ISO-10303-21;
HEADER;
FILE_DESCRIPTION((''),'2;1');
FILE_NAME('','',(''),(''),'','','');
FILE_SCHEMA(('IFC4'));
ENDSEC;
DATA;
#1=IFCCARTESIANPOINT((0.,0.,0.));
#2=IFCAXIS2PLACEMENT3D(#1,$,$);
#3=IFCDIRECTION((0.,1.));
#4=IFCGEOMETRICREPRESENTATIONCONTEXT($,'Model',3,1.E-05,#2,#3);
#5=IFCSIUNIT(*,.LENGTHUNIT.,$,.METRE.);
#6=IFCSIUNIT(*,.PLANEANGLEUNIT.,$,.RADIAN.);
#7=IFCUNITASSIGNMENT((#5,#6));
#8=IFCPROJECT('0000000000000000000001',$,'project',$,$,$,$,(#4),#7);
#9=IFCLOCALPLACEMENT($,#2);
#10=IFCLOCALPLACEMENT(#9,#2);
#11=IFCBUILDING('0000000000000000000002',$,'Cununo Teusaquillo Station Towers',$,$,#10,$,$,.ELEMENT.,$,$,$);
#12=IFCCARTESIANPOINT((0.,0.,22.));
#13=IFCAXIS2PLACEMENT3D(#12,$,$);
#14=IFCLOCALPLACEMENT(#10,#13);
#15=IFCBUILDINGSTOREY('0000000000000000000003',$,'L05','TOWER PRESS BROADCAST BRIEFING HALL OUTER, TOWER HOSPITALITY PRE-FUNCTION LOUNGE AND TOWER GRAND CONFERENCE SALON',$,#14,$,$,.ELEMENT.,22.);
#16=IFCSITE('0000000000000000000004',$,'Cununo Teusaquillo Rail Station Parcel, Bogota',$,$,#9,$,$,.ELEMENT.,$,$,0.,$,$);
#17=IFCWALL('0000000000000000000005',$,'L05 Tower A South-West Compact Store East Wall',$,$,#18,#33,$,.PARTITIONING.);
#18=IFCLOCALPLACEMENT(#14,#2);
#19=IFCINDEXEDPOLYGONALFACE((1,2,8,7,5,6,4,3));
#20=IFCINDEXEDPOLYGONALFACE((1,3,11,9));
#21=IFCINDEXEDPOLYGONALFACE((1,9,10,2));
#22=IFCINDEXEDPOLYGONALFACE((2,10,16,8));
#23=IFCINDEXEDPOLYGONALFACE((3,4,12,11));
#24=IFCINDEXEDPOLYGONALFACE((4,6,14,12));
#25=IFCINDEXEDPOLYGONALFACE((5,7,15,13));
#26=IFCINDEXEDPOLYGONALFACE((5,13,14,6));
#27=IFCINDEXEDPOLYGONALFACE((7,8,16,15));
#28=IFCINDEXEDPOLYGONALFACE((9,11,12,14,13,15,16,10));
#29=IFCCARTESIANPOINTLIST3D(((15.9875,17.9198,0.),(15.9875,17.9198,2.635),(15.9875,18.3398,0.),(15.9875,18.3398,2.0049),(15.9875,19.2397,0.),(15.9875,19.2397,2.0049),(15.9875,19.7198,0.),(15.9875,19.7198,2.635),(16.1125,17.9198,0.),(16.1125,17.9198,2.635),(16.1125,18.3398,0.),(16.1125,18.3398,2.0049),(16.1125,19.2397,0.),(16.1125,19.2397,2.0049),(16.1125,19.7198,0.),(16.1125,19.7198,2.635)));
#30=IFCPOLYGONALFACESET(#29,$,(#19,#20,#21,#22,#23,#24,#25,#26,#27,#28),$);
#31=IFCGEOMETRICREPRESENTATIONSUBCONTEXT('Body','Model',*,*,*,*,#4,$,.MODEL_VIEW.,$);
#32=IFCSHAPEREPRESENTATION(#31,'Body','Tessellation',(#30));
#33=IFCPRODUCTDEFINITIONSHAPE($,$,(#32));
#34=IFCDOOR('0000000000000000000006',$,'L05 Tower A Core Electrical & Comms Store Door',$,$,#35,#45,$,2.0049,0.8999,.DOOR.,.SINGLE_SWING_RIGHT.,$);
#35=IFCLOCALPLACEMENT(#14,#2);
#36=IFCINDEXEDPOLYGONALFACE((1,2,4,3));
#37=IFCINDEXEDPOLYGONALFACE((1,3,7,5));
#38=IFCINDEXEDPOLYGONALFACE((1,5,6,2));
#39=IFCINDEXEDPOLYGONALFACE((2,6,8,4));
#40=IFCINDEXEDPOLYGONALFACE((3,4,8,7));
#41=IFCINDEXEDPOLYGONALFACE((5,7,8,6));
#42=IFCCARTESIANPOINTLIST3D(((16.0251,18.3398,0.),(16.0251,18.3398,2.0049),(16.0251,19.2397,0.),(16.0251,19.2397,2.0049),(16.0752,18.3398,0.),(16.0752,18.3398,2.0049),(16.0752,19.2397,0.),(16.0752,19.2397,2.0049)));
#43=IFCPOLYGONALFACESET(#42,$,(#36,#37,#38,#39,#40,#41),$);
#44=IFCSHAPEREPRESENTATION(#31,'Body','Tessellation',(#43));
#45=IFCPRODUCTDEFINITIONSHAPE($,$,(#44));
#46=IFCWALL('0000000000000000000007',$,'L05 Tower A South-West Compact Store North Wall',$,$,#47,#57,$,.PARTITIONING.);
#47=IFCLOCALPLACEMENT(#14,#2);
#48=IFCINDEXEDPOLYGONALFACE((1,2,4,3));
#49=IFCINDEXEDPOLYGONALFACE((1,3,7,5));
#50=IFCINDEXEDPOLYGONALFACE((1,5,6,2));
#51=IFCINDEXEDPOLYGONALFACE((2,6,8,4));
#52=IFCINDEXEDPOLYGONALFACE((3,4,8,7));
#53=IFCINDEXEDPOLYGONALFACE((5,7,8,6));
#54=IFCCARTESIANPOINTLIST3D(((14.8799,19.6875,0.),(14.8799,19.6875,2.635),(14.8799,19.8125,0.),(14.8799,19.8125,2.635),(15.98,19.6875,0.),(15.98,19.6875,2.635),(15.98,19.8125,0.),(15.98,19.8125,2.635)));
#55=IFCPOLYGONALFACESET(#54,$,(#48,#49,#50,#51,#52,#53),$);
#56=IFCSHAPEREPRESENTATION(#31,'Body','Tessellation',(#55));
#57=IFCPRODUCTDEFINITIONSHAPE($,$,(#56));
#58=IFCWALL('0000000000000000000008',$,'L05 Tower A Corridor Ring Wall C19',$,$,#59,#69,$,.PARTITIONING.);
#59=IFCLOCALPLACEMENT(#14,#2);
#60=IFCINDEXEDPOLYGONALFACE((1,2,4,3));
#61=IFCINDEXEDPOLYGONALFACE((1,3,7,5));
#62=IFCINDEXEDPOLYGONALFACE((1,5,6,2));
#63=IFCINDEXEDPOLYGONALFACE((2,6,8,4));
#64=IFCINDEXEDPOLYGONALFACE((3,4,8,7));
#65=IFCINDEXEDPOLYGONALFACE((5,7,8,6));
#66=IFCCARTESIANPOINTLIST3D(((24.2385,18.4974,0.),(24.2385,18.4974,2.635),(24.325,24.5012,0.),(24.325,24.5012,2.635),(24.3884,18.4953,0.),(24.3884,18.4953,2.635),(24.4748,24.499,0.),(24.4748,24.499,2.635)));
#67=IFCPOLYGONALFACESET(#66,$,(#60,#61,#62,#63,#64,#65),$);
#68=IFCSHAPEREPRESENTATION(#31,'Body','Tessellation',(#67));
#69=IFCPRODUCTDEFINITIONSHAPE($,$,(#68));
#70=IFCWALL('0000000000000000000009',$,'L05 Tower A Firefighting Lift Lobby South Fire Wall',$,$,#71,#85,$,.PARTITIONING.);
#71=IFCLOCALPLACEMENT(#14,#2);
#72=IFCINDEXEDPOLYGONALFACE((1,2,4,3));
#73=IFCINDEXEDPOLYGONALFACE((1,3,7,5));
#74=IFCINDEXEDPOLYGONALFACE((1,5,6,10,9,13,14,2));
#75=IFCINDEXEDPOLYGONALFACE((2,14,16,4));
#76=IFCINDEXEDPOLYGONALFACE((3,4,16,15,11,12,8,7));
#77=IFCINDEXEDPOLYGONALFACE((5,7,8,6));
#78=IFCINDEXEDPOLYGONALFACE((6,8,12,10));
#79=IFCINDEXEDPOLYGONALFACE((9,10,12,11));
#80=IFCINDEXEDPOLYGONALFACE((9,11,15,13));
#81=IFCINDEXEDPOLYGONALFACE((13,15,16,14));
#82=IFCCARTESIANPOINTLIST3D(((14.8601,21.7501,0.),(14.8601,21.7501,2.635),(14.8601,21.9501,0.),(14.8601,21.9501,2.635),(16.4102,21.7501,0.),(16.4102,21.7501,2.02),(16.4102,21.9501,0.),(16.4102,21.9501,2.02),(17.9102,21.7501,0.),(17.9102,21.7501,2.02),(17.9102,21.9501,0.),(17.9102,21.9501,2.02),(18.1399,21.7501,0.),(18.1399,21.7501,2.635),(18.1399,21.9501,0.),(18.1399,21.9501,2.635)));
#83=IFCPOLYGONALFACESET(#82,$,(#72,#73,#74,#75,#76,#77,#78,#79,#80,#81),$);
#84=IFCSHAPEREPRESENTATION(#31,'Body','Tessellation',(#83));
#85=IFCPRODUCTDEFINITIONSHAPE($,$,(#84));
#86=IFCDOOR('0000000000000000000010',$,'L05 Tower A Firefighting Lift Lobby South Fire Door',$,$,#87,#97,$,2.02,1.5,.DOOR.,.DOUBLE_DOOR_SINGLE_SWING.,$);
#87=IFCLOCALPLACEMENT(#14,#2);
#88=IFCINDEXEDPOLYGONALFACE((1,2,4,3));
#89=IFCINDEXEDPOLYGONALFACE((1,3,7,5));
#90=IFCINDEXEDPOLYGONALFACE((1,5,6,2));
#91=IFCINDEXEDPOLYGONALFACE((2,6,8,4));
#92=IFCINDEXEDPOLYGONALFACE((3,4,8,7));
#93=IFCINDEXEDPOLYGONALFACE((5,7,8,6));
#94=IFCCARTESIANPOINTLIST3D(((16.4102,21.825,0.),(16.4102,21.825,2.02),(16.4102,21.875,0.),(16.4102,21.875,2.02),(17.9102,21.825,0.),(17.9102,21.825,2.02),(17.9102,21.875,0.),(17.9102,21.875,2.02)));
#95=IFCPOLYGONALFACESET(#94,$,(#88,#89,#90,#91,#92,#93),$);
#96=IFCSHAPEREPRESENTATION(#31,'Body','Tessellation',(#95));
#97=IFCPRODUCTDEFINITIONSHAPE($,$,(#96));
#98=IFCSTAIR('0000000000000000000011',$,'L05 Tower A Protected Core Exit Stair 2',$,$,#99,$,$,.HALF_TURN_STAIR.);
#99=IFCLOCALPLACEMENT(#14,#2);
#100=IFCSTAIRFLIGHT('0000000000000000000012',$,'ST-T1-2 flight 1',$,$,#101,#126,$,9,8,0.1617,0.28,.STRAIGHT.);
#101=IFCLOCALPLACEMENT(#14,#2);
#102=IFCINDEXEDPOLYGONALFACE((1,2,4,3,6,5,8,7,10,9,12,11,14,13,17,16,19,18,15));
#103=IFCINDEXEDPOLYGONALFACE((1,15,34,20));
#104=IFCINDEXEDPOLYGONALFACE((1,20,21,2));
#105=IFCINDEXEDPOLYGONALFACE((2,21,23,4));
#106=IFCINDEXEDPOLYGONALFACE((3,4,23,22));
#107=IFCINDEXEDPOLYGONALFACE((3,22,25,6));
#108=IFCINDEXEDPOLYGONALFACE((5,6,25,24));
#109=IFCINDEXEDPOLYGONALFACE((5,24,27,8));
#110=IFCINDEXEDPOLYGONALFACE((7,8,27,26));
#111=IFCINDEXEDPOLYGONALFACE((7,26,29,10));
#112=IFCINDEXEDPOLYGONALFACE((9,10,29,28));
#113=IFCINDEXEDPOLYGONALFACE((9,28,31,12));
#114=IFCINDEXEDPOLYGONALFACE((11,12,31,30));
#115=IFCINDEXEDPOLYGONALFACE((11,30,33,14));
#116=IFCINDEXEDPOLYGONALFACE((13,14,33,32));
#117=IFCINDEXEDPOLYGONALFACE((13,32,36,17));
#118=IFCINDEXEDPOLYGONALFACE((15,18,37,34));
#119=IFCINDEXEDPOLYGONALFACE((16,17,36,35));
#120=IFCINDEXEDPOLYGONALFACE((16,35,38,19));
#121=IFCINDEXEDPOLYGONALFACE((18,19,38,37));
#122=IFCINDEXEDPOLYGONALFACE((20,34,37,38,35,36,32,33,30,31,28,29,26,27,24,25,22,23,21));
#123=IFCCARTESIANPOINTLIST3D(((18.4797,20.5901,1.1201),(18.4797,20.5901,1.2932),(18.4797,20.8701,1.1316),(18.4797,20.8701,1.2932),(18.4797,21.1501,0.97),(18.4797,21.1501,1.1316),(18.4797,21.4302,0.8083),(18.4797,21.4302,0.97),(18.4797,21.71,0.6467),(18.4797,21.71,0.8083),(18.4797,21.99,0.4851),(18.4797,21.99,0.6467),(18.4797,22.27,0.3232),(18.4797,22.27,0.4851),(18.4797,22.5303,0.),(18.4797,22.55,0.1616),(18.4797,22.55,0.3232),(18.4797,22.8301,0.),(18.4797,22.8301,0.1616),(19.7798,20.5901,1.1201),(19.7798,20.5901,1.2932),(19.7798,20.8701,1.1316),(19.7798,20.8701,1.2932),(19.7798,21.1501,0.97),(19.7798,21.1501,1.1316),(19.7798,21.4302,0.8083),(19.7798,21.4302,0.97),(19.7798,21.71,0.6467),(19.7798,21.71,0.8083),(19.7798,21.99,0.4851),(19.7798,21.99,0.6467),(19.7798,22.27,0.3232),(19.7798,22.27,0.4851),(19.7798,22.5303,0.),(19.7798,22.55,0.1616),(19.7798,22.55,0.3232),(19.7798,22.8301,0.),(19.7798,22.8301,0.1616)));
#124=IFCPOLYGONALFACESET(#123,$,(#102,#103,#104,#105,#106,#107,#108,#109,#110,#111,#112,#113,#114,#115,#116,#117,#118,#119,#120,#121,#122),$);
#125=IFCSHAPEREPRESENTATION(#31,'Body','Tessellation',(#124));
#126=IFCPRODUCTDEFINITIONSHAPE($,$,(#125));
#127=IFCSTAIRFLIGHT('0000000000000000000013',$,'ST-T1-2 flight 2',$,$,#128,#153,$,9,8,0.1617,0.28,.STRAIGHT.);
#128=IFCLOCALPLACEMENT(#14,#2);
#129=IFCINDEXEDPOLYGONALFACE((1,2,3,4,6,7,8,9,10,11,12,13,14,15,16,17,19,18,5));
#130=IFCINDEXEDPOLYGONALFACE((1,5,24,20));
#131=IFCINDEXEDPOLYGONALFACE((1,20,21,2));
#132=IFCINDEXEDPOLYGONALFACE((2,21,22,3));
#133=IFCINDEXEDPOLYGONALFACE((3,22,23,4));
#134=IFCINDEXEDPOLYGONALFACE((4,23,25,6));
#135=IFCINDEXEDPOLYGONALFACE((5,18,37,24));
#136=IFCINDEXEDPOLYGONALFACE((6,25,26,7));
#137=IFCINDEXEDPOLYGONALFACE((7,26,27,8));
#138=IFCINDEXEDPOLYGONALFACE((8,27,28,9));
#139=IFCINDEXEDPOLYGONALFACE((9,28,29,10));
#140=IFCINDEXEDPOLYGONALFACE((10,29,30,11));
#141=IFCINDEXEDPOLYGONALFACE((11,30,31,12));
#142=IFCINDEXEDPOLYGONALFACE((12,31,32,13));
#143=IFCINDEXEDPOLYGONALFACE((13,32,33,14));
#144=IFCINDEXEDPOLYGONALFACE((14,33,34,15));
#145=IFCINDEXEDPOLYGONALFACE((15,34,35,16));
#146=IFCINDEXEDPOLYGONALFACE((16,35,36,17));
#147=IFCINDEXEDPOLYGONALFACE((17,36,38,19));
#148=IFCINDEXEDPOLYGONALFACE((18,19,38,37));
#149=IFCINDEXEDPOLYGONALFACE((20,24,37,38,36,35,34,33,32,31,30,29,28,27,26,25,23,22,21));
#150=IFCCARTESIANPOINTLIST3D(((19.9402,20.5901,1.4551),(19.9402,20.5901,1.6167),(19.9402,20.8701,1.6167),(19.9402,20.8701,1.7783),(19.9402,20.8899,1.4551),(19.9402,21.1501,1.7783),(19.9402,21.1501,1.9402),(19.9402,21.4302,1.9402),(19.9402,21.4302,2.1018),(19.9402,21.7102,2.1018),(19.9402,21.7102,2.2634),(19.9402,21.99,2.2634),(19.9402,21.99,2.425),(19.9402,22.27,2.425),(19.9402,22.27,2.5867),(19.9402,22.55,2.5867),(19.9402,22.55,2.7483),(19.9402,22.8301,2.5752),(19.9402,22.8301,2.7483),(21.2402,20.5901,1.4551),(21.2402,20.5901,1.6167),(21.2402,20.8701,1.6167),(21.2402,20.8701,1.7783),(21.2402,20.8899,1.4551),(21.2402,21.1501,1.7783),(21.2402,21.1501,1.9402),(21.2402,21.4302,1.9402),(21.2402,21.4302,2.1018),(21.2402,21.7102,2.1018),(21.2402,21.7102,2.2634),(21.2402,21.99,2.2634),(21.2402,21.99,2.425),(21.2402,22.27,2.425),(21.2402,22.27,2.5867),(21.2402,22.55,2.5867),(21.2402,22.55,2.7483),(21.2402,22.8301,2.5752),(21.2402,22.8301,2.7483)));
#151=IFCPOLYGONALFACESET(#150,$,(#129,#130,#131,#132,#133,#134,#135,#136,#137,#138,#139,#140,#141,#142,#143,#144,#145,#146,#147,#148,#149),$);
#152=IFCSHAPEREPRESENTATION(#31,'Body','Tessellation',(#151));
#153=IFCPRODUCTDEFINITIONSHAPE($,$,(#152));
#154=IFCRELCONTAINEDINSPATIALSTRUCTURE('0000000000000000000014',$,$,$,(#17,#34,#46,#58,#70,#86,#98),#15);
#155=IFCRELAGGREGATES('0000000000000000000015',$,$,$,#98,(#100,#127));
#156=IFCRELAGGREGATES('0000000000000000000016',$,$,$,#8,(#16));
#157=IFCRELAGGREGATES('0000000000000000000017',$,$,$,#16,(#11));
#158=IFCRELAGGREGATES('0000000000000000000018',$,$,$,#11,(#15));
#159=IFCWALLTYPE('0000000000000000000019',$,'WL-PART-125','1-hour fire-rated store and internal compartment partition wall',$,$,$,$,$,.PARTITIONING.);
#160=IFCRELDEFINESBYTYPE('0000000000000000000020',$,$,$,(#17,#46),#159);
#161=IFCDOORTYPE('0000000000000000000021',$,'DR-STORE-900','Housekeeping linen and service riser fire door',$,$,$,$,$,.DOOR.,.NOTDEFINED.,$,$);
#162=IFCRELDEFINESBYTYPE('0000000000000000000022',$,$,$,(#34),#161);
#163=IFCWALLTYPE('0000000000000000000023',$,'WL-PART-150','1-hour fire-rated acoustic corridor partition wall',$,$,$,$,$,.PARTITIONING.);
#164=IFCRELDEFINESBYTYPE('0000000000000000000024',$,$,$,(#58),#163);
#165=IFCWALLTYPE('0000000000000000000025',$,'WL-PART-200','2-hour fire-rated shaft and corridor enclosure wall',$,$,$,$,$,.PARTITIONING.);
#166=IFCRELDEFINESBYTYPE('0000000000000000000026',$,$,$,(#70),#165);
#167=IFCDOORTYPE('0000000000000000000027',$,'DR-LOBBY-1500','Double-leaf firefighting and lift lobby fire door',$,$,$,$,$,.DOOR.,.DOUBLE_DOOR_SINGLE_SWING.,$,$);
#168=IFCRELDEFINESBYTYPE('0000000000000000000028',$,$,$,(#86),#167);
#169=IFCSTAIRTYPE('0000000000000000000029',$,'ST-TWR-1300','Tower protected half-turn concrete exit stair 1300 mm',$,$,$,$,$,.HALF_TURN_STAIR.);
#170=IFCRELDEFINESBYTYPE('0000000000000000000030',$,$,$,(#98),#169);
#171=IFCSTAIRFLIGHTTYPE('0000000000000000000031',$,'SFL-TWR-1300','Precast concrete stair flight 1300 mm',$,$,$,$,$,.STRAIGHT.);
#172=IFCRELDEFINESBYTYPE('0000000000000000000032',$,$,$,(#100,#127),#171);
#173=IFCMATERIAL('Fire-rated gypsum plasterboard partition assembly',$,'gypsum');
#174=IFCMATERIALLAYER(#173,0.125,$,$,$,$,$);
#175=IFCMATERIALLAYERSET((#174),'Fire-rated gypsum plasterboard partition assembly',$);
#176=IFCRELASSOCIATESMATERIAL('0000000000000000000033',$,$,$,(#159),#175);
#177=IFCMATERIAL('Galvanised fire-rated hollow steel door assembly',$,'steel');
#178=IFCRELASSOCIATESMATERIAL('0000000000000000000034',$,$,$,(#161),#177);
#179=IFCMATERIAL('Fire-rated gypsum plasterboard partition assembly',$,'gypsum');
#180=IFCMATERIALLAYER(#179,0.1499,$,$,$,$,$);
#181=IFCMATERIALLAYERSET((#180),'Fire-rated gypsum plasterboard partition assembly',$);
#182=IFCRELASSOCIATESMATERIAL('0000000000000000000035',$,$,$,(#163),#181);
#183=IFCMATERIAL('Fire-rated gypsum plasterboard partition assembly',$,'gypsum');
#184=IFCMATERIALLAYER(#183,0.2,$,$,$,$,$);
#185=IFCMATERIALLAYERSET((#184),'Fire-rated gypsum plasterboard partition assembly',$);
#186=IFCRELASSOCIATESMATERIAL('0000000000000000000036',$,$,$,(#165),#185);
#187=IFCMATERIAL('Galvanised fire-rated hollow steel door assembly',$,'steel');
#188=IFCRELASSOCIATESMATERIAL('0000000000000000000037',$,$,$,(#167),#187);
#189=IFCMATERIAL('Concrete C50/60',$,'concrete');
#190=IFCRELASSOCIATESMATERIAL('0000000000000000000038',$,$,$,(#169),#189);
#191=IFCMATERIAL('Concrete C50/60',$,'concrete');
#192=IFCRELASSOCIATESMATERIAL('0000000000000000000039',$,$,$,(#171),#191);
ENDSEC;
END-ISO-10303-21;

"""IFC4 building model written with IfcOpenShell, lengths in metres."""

from ifc_helpers import new_model, si_unit, direction, frame, frame_2d, origin, place, context, subcontext, project, spatial, polyline, rectangle, outline, extrude, source, transform, mapped, material, layer, layer_set, type_object, element, fill, aggregate, save


model = new_model("IFC4")

# Units and contexts
model_context = context("Model", 3, precision=1e-05, world=origin(), true_north=direction((0.0, 1.0)))
body_context = subcontext(model_context, "Body", "Model", "MODEL_VIEW")
ifc_project = project(units=[si_unit("LENGTHUNIT", "METRE"), si_unit("PLANEANGLEUNIT", "RADIAN")], contexts=[model_context])

# Site, building, storey
site_placement = place(None, origin())
site = spatial("IfcSite", under=ifc_project, at=site_placement, Name="Cununo Teusaquillo Rail Station Parcel, Bogota", CompositionType="ELEMENT", RefElevation=0.0)
building_placement = place(site_placement, origin())
building = spatial("IfcBuilding", under=site, at=building_placement, Name="Cununo Teusaquillo Station Towers", CompositionType="ELEMENT")
storey_placement = place(building_placement, frame((0.0, 0.0, 22.0)))
storey = spatial("IfcBuildingStorey", under=building, at=storey_placement, Name="L05", Description="TOWER PRESS BROADCAST BRIEFING HALL OUTER, TOWER HOSPITALITY PRE-FUNCTION LOUNGE AND TOWER GRAND CONFERENCE SALON", CompositionType="ELEMENT", Elevation=22.0)

# Wall, opening, door
ifc_material_1 = material(Name="Fire-rated gypsum plasterboard partition assembly", Category="gypsum")
ifc_layer_1 = layer(ifc_material_1, 0.125)
ifc_layer_set_1 = layer_set([ifc_layer_1], Name="Fire-rated gypsum plasterboard partition assembly")
wall_type_1 = type_object("IfcWallType", Name="WL-PART-125", Description="1-hour fire-rated store and internal compartment partition wall", PredefinedType="PARTITIONING", material=ifc_layer_set_1)
wall_1_placement = place(storey_placement, frame((16.05, 17.9199, 0.0), z_axis=(0.0, 0.0, 1.0), x_axis=(0.0, 1.0, 0.0)))
wall_1 = element("IfcWall", 1, at=wall_1_placement, inside=storey, type_object=wall_type_1, Name="L05 Tower A South-West Compact Store East Wall", PredefinedType="PARTITIONING", context=body_context, shape_type="SweptSolid", body=[
    extrude(rectangle(XDim=1.8, YDim=0.125, at=frame_2d((0.8999, 0.0))), origin(), (0.0, 0.0, 1.0), 2.635),
])
shared_shape_1 = source(origin(), body_context, "Body", "SweptSolid", [
    extrude(rectangle(XDim=0.8999, YDim=2.0049, at=frame_2d((0.45, 1.0024))), frame((0.0, 0.0725, 0.0), z_axis=(0.0, -1.0, 0.0), x_axis=(1.0, 0.0, 0.0)), (0.0, 0.0, 1.0), 0.145),
])
opening_1_placement = place(wall_1_placement, frame((0.4199, 0.0, 0.0)))
opening_1 = element("IfcOpeningElement", 2, at=opening_1_placement, cuts=wall_1, PredefinedType="OPENING", context=body_context, shape_type="MappedRepresentation", body=[
    mapped(shared_shape_1, transform((0.0, 0.0, 0.0), x_axis=(1.0, 0.0, 0.0), y_axis=(0.0, 1.0, 0.0), z_axis=(0.0, 0.0, 1.0), scale=1.0)),
])
ifc_material_2 = material(Name="Galvanised fire-rated hollow steel door assembly", Category="steel")
door_type_1 = type_object("IfcDoorType", Name="DR-STORE-900", Description="Housekeeping linen and service riser fire door", OperationType="NOTDEFINED", PredefinedType="DOOR", material=ifc_material_2)
shared_shape_2 = source(origin(), body_context, "Body", "SweptSolid", [
    extrude(rectangle(XDim=0.8999, YDim=2.0049, at=frame_2d((0.45, 1.0024))), frame((0.0, 0.0249, 0.0), z_axis=(0.0, -1.0, 0.0), x_axis=(1.0, 0.0, 0.0)), (0.0, 0.0, 1.0), 0.05),
])
door_1_placement = place(opening_1_placement, origin())
door_1 = element("IfcDoor", 3, at=door_1_placement, inside=storey, type_object=door_type_1, Name="L05 Tower A Core Electrical & Comms Store Door", OperationType="SINGLE_SWING_RIGHT", OverallHeight=2.0049, OverallWidth=0.8999, PredefinedType="DOOR", context=body_context, shape_type="MappedRepresentation", body=[
    mapped(shared_shape_2, transform((0.0, 0.0, 0.0), x_axis=(1.0, 0.0, 0.0), y_axis=(0.0, 1.0, 0.0), z_axis=(0.0, 0.0, 1.0), scale=1.0)),
])
fill(opening_1, door_1)

# Walls
wall_2_placement = place(storey_placement, frame((14.8799, 19.75, 0.0), z_axis=(0.0, 0.0, 1.0), x_axis=(1.0, 0.0, 0.0)))
element("IfcWall", 4, at=wall_2_placement, inside=storey, type_object=wall_type_1, Name="L05 Tower A South-West Compact Store North Wall", PredefinedType="PARTITIONING", context=body_context, shape_type="SweptSolid", body=[
    extrude(rectangle(XDim=1.1001, YDim=0.125, at=frame_2d((0.55, 0.0))), origin(), (0.0, 0.0, 1.0), 2.635),
])
ifc_material_3 = material(Name="Fire-rated gypsum plasterboard partition assembly", Category="gypsum")
ifc_layer_2 = layer(ifc_material_3, 0.1499)
ifc_layer_set_2 = layer_set([ifc_layer_2], Name="Fire-rated gypsum plasterboard partition assembly")
wall_type_2 = type_object("IfcWallType", Name="WL-PART-150", Description="1-hour fire-rated acoustic corridor partition wall", PredefinedType="PARTITIONING", material=ifc_layer_set_2)
wall_3_placement = place(storey_placement, frame((24.3135, 18.4963, 0.0), z_axis=(0.0, 0.0, 1.0), x_axis=(0.014394, 0.999896, 0.0)))
element("IfcWall", 5, at=wall_3_placement, inside=storey, type_object=wall_type_2, Name="L05 Tower A Corridor Ring Wall C19", PredefinedType="PARTITIONING", context=body_context, shape_type="SweptSolid", body=[
    extrude(rectangle(XDim=6.0044, YDim=0.1499, at=frame_2d((3.0022, 0.0))), origin(), (0.0, 0.0, 1.0), 2.635),
])

# Wall, opening, door
ifc_material_4 = material(Name="Fire-rated gypsum plasterboard partition assembly", Category="gypsum")
ifc_layer_3 = layer(ifc_material_4, 0.2)
ifc_layer_set_3 = layer_set([ifc_layer_3], Name="Fire-rated gypsum plasterboard partition assembly")
wall_type_3 = type_object("IfcWallType", Name="WL-PART-200", Description="2-hour fire-rated shaft and corridor enclosure wall", PredefinedType="PARTITIONING", material=ifc_layer_set_3)
wall_4_placement = place(storey_placement, frame((14.8601, 21.8501, 0.0), z_axis=(0.0, 0.0, 1.0), x_axis=(1.0, 0.0, 0.0)))
wall_4 = element("IfcWall", 6, at=wall_4_placement, inside=storey, type_object=wall_type_3, Name="L05 Tower A Firefighting Lift Lobby South Fire Wall", PredefinedType="PARTITIONING", context=body_context, shape_type="SweptSolid", body=[
    extrude(rectangle(XDim=3.2798, YDim=0.2, at=frame_2d((1.6399, 0.0))), origin(), (0.0, 0.0, 1.0), 2.635),
])
shared_shape_3 = source(origin(), body_context, "Body", "SweptSolid", [
    extrude(rectangle(XDim=1.5, YDim=2.02, at=frame_2d((0.75, 1.01))), frame((0.0, 0.1099, 0.0), z_axis=(0.0, -1.0, 0.0), x_axis=(1.0, 0.0, 0.0)), (0.0, 0.0, 1.0), 0.22),
])
opening_2_placement = place(wall_4_placement, frame((1.55, 0.0, 0.0)))
opening_2 = element("IfcOpeningElement", 7, at=opening_2_placement, cuts=wall_4, PredefinedType="OPENING", context=body_context, shape_type="MappedRepresentation", body=[
    mapped(shared_shape_3, transform((0.0, 0.0, 0.0), x_axis=(1.0, 0.0, 0.0), y_axis=(0.0, 1.0, 0.0), z_axis=(0.0, 0.0, 1.0), scale=1.0)),
])
ifc_material_5 = material(Name="Galvanised fire-rated hollow steel door assembly", Category="steel")
door_type_2 = type_object("IfcDoorType", Name="DR-LOBBY-1500", Description="Double-leaf firefighting and lift lobby fire door", OperationType="DOUBLE_DOOR_SINGLE_SWING", PredefinedType="DOOR", material=ifc_material_5)
shared_shape_4 = source(origin(), body_context, "Body", "SweptSolid", [
    extrude(rectangle(XDim=1.5, YDim=2.02, at=frame_2d((0.75, 1.01))), frame((0.0, 0.0249, 0.0), z_axis=(0.0, -1.0, 0.0), x_axis=(1.0, 0.0, 0.0)), (0.0, 0.0, 1.0), 0.05),
])
door_2_placement = place(opening_2_placement, origin())
door_2 = element("IfcDoor", 8, at=door_2_placement, inside=storey, type_object=door_type_2, Name="L05 Tower A Firefighting Lift Lobby South Fire Door", OperationType="DOUBLE_DOOR_SINGLE_SWING", OverallHeight=2.02, OverallWidth=1.5, PredefinedType="DOOR", context=body_context, shape_type="MappedRepresentation", body=[
    mapped(shared_shape_4, transform((0.0, 0.0, 0.0), x_axis=(1.0, 0.0, 0.0), y_axis=(0.0, 1.0, 0.0), z_axis=(0.0, 0.0, 1.0), scale=1.0)),
])
fill(opening_2, door_2)

# Stair, stair flights
ifc_material_6 = material(Name="Concrete C50/60", Category="concrete")
stair_type = type_object("IfcStairType", Name="ST-TWR-1300", Description="Tower protected half-turn concrete exit stair 1300 mm", PredefinedType="HALF_TURN_STAIR", material=ifc_material_6)
stair_placement = place(storey_placement, origin())
stair = element("IfcStair", 9, at=stair_placement, inside=storey, type_object=stair_type, Name="L05 Tower A Protected Core Exit Stair 2", PredefinedType="HALF_TURN_STAIR")
ifc_material_7 = material(Name="Concrete C50/60", Category="concrete")
stair_flight_type = type_object("IfcStairFlightType", Name="SFL-TWR-1300", Description="Precast concrete stair flight 1300 mm", PredefinedType="STRAIGHT", material=ifc_material_7)
stair_flight_1_placement = place(storey_placement, frame((19.1299, 22.8301, 0.0), z_axis=(0.0, 0.0, 1.0), x_axis=(0.0, -1.0, 0.0)))
stair_flight_1 = element("IfcStairFlight", 10, at=stair_flight_1_placement, type_object=stair_flight_type, Name="ST-T1-2 flight 1", NumberOfRisers=9, NumberOfTreads=8, PredefinedType="STRAIGHT", RiserHeight=0.1617, TreadLength=0.28, context=body_context, shape_type="SweptSolid", body=[
    extrude(outline(polyline([(0.0, 0.0), (0.0, 0.1616), (0.28, 0.1616), (0.28, 0.3232), (0.5601, 0.3232), (0.5601, 0.4851), (0.8401, 0.4851), (0.8401, 0.6467), (1.1201, 0.6467), (1.1201, 0.8083), (1.3999, 0.8083), (1.3999, 0.97), (1.6799, 0.97), (1.6799, 1.1316), (1.96, 1.1316), (1.96, 1.2932), (2.24, 1.2932), (2.24, 1.4551), (2.24, 1.1201), (0.2998, 0.0), (0.0, 0.0)])), frame((0.0, 0.6499, 0.0), z_axis=(0.0, -1.0, 0.0), x_axis=(1.0, 0.0, 0.0)), (0.0, 0.0, 1.0), 1.3),
])
stair_flight_2_placement = place(storey_placement, frame((20.5901, 20.5901, 1.4551), z_axis=(0.0, 0.0, 1.0), x_axis=(0.0, 1.0, 0.0)))
stair_flight_2 = element("IfcStairFlight", 11, at=stair_flight_2_placement, type_object=stair_flight_type, Name="ST-T1-2 flight 2", NumberOfRisers=9, NumberOfTreads=8, PredefinedType="STRAIGHT", RiserHeight=0.1617, TreadLength=0.28, context=body_context, shape_type="SweptSolid", body=[
    extrude(outline(polyline([(0.0, 0.0), (0.0, 0.1616), (0.28, 0.1616), (0.28, 0.3232), (0.5601, 0.3232), (0.5601, 0.4851), (0.8401, 0.4851), (0.8401, 0.6467), (1.1201, 0.6467), (1.1201, 0.8083), (1.3999, 0.8083), (1.3999, 0.97), (1.6799, 0.97), (1.6799, 1.1316), (1.96, 1.1316), (1.96, 1.2932), (2.24, 1.2932), (2.24, 1.4551), (2.24, 1.1201), (0.2998, 0.0), (0.0, 0.0)])), frame((0.0, 0.6499, 0.0), z_axis=(0.0, -1.0, 0.0), x_axis=(1.0, 0.0, 0.0)), (0.0, 0.0, 1.0), 1.3),
])
aggregate(stair, [stair_flight_1, stair_flight_2])

save(model, "model.ifc")
